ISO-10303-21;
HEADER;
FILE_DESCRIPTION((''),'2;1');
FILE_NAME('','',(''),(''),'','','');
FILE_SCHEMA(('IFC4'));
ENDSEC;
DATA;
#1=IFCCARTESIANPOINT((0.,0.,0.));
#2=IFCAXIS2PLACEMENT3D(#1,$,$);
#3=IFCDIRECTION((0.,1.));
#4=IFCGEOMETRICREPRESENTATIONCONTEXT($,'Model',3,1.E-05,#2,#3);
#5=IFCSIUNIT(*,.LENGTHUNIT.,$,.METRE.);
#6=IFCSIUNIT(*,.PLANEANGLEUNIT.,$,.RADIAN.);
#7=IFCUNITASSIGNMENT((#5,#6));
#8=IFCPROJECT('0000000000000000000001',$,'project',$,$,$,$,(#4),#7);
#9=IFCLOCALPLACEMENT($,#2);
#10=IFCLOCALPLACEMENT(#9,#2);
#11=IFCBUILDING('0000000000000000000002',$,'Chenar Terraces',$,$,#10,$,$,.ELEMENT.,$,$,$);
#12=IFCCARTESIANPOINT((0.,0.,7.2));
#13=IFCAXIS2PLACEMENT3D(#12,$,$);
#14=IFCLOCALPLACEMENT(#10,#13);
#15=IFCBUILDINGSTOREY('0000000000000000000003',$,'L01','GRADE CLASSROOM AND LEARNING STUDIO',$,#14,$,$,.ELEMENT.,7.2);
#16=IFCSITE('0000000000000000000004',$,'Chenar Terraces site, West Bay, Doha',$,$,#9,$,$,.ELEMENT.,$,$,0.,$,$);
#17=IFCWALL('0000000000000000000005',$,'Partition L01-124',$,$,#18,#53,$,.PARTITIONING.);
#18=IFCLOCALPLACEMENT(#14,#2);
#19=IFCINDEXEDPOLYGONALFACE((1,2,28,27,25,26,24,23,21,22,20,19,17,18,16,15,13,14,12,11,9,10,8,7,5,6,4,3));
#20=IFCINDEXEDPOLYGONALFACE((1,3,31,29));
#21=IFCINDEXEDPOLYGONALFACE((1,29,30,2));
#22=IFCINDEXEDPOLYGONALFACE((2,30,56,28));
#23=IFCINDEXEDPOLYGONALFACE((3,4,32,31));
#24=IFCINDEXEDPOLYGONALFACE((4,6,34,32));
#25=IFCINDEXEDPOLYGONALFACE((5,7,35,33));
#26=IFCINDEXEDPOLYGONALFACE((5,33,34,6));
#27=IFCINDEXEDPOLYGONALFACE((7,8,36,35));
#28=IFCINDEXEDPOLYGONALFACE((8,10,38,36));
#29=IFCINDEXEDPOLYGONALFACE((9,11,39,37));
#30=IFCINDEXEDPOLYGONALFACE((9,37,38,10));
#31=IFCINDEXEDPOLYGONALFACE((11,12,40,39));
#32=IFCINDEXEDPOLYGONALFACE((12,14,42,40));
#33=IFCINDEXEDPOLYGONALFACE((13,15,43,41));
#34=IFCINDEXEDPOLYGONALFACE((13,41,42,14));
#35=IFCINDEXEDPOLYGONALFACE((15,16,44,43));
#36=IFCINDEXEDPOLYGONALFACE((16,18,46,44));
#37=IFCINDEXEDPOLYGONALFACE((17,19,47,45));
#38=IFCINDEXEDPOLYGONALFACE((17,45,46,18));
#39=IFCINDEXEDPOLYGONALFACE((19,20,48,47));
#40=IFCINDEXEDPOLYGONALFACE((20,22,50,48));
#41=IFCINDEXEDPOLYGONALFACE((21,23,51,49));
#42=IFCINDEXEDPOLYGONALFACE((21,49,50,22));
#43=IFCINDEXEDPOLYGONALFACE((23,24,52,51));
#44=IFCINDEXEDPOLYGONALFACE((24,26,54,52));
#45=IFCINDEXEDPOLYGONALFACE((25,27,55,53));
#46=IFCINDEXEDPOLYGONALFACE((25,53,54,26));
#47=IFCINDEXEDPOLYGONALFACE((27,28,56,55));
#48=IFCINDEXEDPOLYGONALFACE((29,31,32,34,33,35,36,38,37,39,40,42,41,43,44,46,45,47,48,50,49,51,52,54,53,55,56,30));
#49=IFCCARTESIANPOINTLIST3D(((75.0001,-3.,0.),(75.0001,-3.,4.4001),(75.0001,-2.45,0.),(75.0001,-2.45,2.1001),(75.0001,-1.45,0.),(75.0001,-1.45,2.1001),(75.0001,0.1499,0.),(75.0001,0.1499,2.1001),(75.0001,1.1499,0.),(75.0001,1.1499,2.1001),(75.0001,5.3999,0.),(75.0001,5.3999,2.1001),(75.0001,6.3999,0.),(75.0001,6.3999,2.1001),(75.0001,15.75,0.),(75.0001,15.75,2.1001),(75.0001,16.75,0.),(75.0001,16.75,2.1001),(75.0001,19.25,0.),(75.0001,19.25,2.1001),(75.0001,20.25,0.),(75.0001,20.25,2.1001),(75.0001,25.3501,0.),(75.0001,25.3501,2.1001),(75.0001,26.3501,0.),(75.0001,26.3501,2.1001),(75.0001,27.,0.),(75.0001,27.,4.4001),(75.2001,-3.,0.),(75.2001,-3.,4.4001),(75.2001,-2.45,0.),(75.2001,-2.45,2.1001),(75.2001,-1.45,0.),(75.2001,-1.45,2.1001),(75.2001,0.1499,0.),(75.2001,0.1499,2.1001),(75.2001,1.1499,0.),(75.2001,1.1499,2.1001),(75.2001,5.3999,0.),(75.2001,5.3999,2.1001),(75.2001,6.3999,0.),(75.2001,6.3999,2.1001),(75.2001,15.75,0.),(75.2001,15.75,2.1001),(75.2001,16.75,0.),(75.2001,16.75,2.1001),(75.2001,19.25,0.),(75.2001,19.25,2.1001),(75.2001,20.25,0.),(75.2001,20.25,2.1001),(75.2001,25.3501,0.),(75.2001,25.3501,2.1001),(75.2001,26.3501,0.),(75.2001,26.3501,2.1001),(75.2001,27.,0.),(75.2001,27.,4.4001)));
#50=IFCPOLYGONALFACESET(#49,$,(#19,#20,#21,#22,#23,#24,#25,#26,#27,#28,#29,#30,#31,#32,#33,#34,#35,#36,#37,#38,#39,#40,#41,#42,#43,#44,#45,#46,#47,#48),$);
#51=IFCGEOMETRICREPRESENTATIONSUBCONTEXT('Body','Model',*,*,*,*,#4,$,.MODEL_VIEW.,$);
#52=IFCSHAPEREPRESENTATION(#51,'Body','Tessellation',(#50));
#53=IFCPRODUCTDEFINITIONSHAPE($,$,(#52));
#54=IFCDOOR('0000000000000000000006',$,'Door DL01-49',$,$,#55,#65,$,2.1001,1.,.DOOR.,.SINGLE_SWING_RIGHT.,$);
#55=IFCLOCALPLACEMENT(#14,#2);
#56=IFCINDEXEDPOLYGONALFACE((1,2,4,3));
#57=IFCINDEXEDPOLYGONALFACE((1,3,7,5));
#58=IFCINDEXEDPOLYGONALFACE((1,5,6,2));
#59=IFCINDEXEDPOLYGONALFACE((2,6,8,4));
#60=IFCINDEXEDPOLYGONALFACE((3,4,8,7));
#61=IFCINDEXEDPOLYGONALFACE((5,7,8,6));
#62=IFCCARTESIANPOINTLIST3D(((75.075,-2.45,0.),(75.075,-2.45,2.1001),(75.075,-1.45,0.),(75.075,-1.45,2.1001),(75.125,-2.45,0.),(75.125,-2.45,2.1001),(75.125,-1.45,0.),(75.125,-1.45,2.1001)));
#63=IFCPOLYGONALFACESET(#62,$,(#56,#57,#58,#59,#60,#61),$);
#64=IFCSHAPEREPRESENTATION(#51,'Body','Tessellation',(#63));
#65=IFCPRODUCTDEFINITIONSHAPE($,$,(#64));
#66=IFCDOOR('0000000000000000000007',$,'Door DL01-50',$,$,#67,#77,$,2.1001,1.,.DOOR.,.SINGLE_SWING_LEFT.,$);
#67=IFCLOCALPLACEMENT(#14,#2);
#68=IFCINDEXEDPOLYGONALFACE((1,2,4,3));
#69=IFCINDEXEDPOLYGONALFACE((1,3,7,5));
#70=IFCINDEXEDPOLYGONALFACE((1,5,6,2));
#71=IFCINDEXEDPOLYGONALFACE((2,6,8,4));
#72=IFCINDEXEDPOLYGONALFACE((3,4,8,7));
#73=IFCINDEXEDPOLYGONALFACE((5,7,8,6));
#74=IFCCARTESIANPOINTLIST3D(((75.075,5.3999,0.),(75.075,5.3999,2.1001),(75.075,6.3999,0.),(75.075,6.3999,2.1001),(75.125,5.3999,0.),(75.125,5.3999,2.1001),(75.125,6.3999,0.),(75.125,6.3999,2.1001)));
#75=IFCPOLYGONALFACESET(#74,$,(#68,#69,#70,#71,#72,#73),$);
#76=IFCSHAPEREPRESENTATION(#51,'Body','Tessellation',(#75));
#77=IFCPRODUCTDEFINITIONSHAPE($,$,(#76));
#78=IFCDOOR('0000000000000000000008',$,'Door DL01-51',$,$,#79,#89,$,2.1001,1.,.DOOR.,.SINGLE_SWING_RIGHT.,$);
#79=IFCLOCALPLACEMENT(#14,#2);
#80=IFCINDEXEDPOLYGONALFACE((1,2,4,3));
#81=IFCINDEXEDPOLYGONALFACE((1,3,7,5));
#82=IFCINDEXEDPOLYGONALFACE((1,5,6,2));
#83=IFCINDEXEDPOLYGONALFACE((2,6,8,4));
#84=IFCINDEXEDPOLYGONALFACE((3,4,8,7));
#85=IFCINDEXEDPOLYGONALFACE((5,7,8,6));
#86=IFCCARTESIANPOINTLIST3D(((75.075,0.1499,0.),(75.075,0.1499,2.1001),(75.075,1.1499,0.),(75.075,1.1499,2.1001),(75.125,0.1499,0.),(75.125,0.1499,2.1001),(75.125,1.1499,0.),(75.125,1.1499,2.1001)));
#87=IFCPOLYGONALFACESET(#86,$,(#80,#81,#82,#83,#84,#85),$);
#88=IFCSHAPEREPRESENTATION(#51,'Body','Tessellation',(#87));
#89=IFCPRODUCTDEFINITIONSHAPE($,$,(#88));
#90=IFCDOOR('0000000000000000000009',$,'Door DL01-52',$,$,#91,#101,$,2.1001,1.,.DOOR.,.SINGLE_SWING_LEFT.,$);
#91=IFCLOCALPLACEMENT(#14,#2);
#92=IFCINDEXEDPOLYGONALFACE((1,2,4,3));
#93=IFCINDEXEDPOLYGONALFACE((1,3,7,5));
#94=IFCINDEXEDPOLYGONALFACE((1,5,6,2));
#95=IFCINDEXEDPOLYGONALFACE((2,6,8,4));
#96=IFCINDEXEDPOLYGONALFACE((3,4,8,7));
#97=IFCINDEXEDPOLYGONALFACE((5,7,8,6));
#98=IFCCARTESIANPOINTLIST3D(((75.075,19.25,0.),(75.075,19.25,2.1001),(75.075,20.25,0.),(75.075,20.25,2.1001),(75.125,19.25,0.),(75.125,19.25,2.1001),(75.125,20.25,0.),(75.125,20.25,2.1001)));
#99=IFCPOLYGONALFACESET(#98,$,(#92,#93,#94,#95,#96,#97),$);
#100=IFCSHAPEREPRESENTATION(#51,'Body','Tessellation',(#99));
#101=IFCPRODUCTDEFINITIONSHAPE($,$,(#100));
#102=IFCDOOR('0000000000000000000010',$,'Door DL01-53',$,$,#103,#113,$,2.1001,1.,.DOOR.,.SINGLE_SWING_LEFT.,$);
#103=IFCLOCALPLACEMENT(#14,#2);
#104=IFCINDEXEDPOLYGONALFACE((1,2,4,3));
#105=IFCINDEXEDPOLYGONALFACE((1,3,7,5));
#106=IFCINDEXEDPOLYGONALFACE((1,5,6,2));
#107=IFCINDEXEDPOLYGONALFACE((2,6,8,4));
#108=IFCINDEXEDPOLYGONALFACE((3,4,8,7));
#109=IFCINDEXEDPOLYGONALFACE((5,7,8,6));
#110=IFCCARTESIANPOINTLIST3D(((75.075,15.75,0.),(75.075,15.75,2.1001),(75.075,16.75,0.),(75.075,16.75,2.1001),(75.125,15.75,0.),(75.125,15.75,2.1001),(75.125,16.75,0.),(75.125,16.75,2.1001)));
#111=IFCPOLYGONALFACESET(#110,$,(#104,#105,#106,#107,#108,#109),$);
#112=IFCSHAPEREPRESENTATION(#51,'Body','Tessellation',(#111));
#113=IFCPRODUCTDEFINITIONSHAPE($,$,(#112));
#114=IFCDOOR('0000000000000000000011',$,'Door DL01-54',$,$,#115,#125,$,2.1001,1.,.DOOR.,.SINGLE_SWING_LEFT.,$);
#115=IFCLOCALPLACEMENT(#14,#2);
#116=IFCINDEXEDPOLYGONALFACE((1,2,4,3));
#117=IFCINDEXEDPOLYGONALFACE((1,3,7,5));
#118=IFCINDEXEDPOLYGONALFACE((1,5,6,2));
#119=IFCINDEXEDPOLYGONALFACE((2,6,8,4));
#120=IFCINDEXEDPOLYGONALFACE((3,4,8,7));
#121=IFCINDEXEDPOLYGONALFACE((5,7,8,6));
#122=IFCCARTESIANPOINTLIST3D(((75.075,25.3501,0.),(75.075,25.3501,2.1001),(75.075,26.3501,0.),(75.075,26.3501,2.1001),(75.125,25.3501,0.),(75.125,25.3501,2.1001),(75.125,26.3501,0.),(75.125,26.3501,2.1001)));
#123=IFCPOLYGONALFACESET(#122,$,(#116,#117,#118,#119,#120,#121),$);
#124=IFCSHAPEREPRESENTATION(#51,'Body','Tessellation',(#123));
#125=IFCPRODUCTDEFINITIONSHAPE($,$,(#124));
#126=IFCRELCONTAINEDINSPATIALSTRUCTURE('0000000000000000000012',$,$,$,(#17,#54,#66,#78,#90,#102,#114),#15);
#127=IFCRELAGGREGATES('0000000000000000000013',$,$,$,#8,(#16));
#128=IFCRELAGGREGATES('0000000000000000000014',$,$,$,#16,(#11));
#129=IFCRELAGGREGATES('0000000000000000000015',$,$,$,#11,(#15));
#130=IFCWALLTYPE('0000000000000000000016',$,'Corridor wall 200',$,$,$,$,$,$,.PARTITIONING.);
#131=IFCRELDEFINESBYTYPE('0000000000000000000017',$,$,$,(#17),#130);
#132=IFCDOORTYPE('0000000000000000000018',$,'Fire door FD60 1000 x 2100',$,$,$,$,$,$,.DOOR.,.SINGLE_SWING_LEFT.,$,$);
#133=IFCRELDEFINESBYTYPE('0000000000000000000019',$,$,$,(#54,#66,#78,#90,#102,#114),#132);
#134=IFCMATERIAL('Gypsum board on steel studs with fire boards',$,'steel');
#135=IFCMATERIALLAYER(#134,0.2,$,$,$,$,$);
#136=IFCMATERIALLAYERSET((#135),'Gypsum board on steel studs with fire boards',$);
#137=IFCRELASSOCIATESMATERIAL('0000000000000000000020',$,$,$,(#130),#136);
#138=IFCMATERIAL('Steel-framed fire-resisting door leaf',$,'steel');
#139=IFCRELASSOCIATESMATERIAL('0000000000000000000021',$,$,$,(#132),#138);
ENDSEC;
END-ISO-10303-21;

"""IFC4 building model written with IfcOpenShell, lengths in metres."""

from ifc_helpers import new_model, si_unit, direction, frame, frame_2d, origin, place, context, subcontext, project, spatial, rectangle, extrude, material, layer, layer_set, type_object, element, fill, save


model = new_model("IFC4")

# Units and contexts
model_context = context("Model", 3, precision=1e-05, world=origin(), true_north=direction((0.0, 1.0)))
body_context = subcontext(model_context, "Body", "Model", "MODEL_VIEW")
ifc_project = project(units=[si_unit("LENGTHUNIT", "METRE"), si_unit("PLANEANGLEUNIT", "RADIAN")], contexts=[model_context])

# Site, building, storey
site_placement = place(None, origin())
site = spatial("IfcSite", under=ifc_project, at=site_placement, Name="Chenar Terraces site, West Bay, Doha", CompositionType="ELEMENT", RefElevation=0.0)
building_placement = place(site_placement, origin())
building = spatial("IfcBuilding", under=site, at=building_placement, Name="Chenar Terraces", CompositionType="ELEMENT")
storey_placement = place(building_placement, frame((0.0, 0.0, 7.2)))
storey = spatial("IfcBuildingStorey", under=building, at=storey_placement, Name="L01", Description="GRADE CLASSROOM AND LEARNING STUDIO", CompositionType="ELEMENT", Elevation=7.2)

# Shared definitions
ifc_material_1 = material(Name="Gypsum board on steel studs with fire boards", Category="steel")
ifc_layer_1 = layer(ifc_material_1, 0.2)
ifc_layer_set_1 = layer_set([ifc_layer_1], Name="Gypsum board on steel studs with fire boards")
wall_type_1 = type_object("IfcWallType", Name="Corridor wall 200", PredefinedType="PARTITIONING", material=ifc_layer_set_1)
ifc_material_2 = material(Name="Steel-framed fire-resisting door leaf", Category="steel")
door_type_1 = type_object("IfcDoorType", Name="Fire door FD60 1000 x 2100", OperationType="SINGLE_SWING_LEFT", PredefinedType="DOOR", material=ifc_material_2)

# Wall, openings, doors
wall_1_placement = place(storey_placement, frame((75.1001, -3.0, 0.0), z_axis=(0.0, 0.0, 1.0), x_axis=(0.0, 1.0, 0.0)))
wall_1 = element("IfcWall", 1, at=wall_1_placement, inside=storey, type_object=wall_type_1, Name="Partition L01-124", PredefinedType="PARTITIONING", context=body_context, shape_type="SweptSolid", body=[
    extrude(rectangle(XDim=30.0, YDim=0.2, at=frame_2d((15.0, 0.0))), origin(), (0.0, 0.0, 1.0), 4.4001),
])
opening_1_placement = place(wall_1_placement, frame((0.55, 0.0, 0.0)))
opening_1 = element("IfcOpeningElement", 2, at=opening_1_placement, cuts=wall_1, PredefinedType="OPENING", context=body_context, shape_type="SweptSolid", body=[
    extrude(rectangle(XDim=1.0, YDim=2.1001, at=frame_2d((0.5, 1.05))), frame((0.0, 0.1099, 0.0), z_axis=(0.0, -1.0, 0.0), x_axis=(1.0, 0.0, 0.0)), (0.0, 0.0, 1.0), 0.22),
])
opening_2_placement = place(wall_1_placement, frame((8.3999, 0.0, 0.0)))
opening_2 = element("IfcOpeningElement", 3, at=opening_2_placement, cuts=wall_1, PredefinedType="OPENING", context=body_context, shape_type="SweptSolid", body=[
    extrude(rectangle(XDim=1.0, YDim=2.1001, at=frame_2d((0.5, 1.05))), frame((0.0, 0.1099, 0.0), z_axis=(0.0, -1.0, 0.0), x_axis=(1.0, 0.0, 0.0)), (0.0, 0.0, 1.0), 0.22),
])
opening_3_placement = place(wall_1_placement, frame((3.1499, 0.0, 0.0)))
opening_3 = element("IfcOpeningElement", 4, at=opening_3_placement, cuts=wall_1, PredefinedType="OPENING", context=body_context, shape_type="SweptSolid", body=[
    extrude(rectangle(XDim=1.0, YDim=2.1001, at=frame_2d((0.5, 1.05))), frame((0.0, 0.1099, 0.0), z_axis=(0.0, -1.0, 0.0), x_axis=(1.0, 0.0, 0.0)), (0.0, 0.0, 1.0), 0.22),
])
opening_4_placement = place(wall_1_placement, frame((22.25, 0.0, 0.0)))
opening_4 = element("IfcOpeningElement", 5, at=opening_4_placement, cuts=wall_1, PredefinedType="OPENING", context=body_context, shape_type="SweptSolid", body=[
    extrude(rectangle(XDim=1.0, YDim=2.1001, at=frame_2d((0.5, 1.05))), frame((0.0, 0.1099, 0.0), z_axis=(0.0, -1.0, 0.0), x_axis=(1.0, 0.0, 0.0)), (0.0, 0.0, 1.0), 0.22),
])
opening_5_placement = place(wall_1_placement, frame((18.75, 0.0, 0.0)))
opening_5 = element("IfcOpeningElement", 6, at=opening_5_placement, cuts=wall_1, PredefinedType="OPENING", context=body_context, shape_type="SweptSolid", body=[
    extrude(rectangle(XDim=1.0, YDim=2.1001, at=frame_2d((0.5, 1.05))), frame((0.0, 0.1099, 0.0), z_axis=(0.0, -1.0, 0.0), x_axis=(1.0, 0.0, 0.0)), (0.0, 0.0, 1.0), 0.22),
])
opening_6_placement = place(wall_1_placement, frame((28.3501, 0.0, 0.0)))
opening_6 = element("IfcOpeningElement", 7, at=opening_6_placement, cuts=wall_1, PredefinedType="OPENING", context=body_context, shape_type="SweptSolid", body=[
    extrude(rectangle(XDim=1.0, YDim=2.1001, at=frame_2d((0.5, 1.05))), frame((0.0, 0.1099, 0.0), z_axis=(0.0, -1.0, 0.0), x_axis=(1.0, 0.0, 0.0)), (0.0, 0.0, 1.0), 0.22),
])
door_1_placement = place(opening_1_placement, frame((1.0, 0.0, 0.0), z_axis=(0.0, 0.0, 1.0), x_axis=(-1.0, 0.0, 0.0)))
door_1 = element("IfcDoor", 8, at=door_1_placement, inside=storey, type_object=door_type_1, Name="Door DL01-49", OperationType="SINGLE_SWING_RIGHT", OverallHeight=2.1001, OverallWidth=1.0, PredefinedType="DOOR", context=body_context, shape_type="SweptSolid", body=[
    extrude(rectangle(XDim=1.0, YDim=2.1001, at=frame_2d((0.5, 1.05))), frame((0.0, 0.0249, 0.0), z_axis=(0.0, -1.0, 0.0), x_axis=(1.0, 0.0, 0.0)), (0.0, 0.0, 1.0), 0.05),
])
fill(opening_1, door_1)
door_2_placement = place(opening_2_placement, frame((1.0, 0.0, 0.0), z_axis=(0.0, 0.0, 1.0), x_axis=(-1.0, 0.0, 0.0)))
door_2 = element("IfcDoor", 9, at=door_2_placement, inside=storey, type_object=door_type_1, Name="Door DL01-50", OperationType="SINGLE_SWING_LEFT", OverallHeight=2.1001, OverallWidth=1.0, PredefinedType="DOOR", context=body_context, shape_type="SweptSolid", body=[
    extrude(rectangle(XDim=1.0, YDim=2.1001, at=frame_2d((0.5, 1.05))), frame((0.0, 0.0249, 0.0), z_axis=(0.0, -1.0, 0.0), x_axis=(1.0, 0.0, 0.0)), (0.0, 0.0, 1.0), 0.05),
])
fill(opening_2, door_2)
door_3_placement = place(opening_3_placement, frame((1.0, 0.0, 0.0), z_axis=(0.0, 0.0, 1.0), x_axis=(-1.0, 0.0, 0.0)))
door_3 = element("IfcDoor", 10, at=door_3_placement, inside=storey, type_object=door_type_1, Name="Door DL01-51", OperationType="SINGLE_SWING_RIGHT", OverallHeight=2.1001, OverallWidth=1.0, PredefinedType="DOOR", context=body_context, shape_type="SweptSolid", body=[
    extrude(rectangle(XDim=1.0, YDim=2.1001, at=frame_2d((0.5, 1.05))), frame((0.0, 0.0249, 0.0), z_axis=(0.0, -1.0, 0.0), x_axis=(1.0, 0.0, 0.0)), (0.0, 0.0, 1.0), 0.05),
])
fill(opening_3, door_3)
door_4_placement = place(opening_4_placement, frame((1.0, 0.0, 0.0), z_axis=(0.0, 0.0, 1.0), x_axis=(-1.0, 0.0, 0.0)))
door_4 = element("IfcDoor", 11, at=door_4_placement, inside=storey, type_object=door_type_1, Name="Door DL01-52", OperationType="SINGLE_SWING_LEFT", OverallHeight=2.1001, OverallWidth=1.0, PredefinedType="DOOR", context=body_context, shape_type="SweptSolid", body=[
    extrude(rectangle(XDim=1.0, YDim=2.1001, at=frame_2d((0.5, 1.05))), frame((0.0, 0.0249, 0.0), z_axis=(0.0, -1.0, 0.0), x_axis=(1.0, 0.0, 0.0)), (0.0, 0.0, 1.0), 0.05),
])
fill(opening_4, door_4)
door_5_placement = place(opening_5_placement, frame((1.0, 0.0, 0.0), z_axis=(0.0, 0.0, 1.0), x_axis=(-1.0, 0.0, 0.0)))
door_5 = element("IfcDoor", 12, at=door_5_placement, inside=storey, type_object=door_type_1, Name="Door DL01-53", OperationType="SINGLE_SWING_LEFT", OverallHeight=2.1001, OverallWidth=1.0, PredefinedType="DOOR", context=body_context, shape_type="SweptSolid", body=[
    extrude(rectangle(XDim=1.0, YDim=2.1001, at=frame_2d((0.5, 1.05))), frame((0.0, 0.0249, 0.0), z_axis=(0.0, -1.0, 0.0), x_axis=(1.0, 0.0, 0.0)), (0.0, 0.0, 1.0), 0.05),
])
fill(opening_5, door_5)
door_6_placement = place(opening_6_placement, frame((1.0, 0.0, 0.0), z_axis=(0.0, 0.0, 1.0), x_axis=(-1.0, 0.0, 0.0)))
door_6 = element("IfcDoor", 13, at=door_6_placement, inside=storey, type_object=door_type_1, Name="Door DL01-54", OperationType="SINGLE_SWING_LEFT", OverallHeight=2.1001, OverallWidth=1.0, PredefinedType="DOOR", context=body_context, shape_type="SweptSolid", body=[
    extrude(rectangle(XDim=1.0, YDim=2.1001, at=frame_2d((0.5, 1.05))), frame((0.0, 0.0249, 0.0), z_axis=(0.0, -1.0, 0.0), x_axis=(1.0, 0.0, 0.0)), (0.0, 0.0, 1.0), 0.05),
])
fill(opening_6, door_6)

save(model, "model.ifc")
